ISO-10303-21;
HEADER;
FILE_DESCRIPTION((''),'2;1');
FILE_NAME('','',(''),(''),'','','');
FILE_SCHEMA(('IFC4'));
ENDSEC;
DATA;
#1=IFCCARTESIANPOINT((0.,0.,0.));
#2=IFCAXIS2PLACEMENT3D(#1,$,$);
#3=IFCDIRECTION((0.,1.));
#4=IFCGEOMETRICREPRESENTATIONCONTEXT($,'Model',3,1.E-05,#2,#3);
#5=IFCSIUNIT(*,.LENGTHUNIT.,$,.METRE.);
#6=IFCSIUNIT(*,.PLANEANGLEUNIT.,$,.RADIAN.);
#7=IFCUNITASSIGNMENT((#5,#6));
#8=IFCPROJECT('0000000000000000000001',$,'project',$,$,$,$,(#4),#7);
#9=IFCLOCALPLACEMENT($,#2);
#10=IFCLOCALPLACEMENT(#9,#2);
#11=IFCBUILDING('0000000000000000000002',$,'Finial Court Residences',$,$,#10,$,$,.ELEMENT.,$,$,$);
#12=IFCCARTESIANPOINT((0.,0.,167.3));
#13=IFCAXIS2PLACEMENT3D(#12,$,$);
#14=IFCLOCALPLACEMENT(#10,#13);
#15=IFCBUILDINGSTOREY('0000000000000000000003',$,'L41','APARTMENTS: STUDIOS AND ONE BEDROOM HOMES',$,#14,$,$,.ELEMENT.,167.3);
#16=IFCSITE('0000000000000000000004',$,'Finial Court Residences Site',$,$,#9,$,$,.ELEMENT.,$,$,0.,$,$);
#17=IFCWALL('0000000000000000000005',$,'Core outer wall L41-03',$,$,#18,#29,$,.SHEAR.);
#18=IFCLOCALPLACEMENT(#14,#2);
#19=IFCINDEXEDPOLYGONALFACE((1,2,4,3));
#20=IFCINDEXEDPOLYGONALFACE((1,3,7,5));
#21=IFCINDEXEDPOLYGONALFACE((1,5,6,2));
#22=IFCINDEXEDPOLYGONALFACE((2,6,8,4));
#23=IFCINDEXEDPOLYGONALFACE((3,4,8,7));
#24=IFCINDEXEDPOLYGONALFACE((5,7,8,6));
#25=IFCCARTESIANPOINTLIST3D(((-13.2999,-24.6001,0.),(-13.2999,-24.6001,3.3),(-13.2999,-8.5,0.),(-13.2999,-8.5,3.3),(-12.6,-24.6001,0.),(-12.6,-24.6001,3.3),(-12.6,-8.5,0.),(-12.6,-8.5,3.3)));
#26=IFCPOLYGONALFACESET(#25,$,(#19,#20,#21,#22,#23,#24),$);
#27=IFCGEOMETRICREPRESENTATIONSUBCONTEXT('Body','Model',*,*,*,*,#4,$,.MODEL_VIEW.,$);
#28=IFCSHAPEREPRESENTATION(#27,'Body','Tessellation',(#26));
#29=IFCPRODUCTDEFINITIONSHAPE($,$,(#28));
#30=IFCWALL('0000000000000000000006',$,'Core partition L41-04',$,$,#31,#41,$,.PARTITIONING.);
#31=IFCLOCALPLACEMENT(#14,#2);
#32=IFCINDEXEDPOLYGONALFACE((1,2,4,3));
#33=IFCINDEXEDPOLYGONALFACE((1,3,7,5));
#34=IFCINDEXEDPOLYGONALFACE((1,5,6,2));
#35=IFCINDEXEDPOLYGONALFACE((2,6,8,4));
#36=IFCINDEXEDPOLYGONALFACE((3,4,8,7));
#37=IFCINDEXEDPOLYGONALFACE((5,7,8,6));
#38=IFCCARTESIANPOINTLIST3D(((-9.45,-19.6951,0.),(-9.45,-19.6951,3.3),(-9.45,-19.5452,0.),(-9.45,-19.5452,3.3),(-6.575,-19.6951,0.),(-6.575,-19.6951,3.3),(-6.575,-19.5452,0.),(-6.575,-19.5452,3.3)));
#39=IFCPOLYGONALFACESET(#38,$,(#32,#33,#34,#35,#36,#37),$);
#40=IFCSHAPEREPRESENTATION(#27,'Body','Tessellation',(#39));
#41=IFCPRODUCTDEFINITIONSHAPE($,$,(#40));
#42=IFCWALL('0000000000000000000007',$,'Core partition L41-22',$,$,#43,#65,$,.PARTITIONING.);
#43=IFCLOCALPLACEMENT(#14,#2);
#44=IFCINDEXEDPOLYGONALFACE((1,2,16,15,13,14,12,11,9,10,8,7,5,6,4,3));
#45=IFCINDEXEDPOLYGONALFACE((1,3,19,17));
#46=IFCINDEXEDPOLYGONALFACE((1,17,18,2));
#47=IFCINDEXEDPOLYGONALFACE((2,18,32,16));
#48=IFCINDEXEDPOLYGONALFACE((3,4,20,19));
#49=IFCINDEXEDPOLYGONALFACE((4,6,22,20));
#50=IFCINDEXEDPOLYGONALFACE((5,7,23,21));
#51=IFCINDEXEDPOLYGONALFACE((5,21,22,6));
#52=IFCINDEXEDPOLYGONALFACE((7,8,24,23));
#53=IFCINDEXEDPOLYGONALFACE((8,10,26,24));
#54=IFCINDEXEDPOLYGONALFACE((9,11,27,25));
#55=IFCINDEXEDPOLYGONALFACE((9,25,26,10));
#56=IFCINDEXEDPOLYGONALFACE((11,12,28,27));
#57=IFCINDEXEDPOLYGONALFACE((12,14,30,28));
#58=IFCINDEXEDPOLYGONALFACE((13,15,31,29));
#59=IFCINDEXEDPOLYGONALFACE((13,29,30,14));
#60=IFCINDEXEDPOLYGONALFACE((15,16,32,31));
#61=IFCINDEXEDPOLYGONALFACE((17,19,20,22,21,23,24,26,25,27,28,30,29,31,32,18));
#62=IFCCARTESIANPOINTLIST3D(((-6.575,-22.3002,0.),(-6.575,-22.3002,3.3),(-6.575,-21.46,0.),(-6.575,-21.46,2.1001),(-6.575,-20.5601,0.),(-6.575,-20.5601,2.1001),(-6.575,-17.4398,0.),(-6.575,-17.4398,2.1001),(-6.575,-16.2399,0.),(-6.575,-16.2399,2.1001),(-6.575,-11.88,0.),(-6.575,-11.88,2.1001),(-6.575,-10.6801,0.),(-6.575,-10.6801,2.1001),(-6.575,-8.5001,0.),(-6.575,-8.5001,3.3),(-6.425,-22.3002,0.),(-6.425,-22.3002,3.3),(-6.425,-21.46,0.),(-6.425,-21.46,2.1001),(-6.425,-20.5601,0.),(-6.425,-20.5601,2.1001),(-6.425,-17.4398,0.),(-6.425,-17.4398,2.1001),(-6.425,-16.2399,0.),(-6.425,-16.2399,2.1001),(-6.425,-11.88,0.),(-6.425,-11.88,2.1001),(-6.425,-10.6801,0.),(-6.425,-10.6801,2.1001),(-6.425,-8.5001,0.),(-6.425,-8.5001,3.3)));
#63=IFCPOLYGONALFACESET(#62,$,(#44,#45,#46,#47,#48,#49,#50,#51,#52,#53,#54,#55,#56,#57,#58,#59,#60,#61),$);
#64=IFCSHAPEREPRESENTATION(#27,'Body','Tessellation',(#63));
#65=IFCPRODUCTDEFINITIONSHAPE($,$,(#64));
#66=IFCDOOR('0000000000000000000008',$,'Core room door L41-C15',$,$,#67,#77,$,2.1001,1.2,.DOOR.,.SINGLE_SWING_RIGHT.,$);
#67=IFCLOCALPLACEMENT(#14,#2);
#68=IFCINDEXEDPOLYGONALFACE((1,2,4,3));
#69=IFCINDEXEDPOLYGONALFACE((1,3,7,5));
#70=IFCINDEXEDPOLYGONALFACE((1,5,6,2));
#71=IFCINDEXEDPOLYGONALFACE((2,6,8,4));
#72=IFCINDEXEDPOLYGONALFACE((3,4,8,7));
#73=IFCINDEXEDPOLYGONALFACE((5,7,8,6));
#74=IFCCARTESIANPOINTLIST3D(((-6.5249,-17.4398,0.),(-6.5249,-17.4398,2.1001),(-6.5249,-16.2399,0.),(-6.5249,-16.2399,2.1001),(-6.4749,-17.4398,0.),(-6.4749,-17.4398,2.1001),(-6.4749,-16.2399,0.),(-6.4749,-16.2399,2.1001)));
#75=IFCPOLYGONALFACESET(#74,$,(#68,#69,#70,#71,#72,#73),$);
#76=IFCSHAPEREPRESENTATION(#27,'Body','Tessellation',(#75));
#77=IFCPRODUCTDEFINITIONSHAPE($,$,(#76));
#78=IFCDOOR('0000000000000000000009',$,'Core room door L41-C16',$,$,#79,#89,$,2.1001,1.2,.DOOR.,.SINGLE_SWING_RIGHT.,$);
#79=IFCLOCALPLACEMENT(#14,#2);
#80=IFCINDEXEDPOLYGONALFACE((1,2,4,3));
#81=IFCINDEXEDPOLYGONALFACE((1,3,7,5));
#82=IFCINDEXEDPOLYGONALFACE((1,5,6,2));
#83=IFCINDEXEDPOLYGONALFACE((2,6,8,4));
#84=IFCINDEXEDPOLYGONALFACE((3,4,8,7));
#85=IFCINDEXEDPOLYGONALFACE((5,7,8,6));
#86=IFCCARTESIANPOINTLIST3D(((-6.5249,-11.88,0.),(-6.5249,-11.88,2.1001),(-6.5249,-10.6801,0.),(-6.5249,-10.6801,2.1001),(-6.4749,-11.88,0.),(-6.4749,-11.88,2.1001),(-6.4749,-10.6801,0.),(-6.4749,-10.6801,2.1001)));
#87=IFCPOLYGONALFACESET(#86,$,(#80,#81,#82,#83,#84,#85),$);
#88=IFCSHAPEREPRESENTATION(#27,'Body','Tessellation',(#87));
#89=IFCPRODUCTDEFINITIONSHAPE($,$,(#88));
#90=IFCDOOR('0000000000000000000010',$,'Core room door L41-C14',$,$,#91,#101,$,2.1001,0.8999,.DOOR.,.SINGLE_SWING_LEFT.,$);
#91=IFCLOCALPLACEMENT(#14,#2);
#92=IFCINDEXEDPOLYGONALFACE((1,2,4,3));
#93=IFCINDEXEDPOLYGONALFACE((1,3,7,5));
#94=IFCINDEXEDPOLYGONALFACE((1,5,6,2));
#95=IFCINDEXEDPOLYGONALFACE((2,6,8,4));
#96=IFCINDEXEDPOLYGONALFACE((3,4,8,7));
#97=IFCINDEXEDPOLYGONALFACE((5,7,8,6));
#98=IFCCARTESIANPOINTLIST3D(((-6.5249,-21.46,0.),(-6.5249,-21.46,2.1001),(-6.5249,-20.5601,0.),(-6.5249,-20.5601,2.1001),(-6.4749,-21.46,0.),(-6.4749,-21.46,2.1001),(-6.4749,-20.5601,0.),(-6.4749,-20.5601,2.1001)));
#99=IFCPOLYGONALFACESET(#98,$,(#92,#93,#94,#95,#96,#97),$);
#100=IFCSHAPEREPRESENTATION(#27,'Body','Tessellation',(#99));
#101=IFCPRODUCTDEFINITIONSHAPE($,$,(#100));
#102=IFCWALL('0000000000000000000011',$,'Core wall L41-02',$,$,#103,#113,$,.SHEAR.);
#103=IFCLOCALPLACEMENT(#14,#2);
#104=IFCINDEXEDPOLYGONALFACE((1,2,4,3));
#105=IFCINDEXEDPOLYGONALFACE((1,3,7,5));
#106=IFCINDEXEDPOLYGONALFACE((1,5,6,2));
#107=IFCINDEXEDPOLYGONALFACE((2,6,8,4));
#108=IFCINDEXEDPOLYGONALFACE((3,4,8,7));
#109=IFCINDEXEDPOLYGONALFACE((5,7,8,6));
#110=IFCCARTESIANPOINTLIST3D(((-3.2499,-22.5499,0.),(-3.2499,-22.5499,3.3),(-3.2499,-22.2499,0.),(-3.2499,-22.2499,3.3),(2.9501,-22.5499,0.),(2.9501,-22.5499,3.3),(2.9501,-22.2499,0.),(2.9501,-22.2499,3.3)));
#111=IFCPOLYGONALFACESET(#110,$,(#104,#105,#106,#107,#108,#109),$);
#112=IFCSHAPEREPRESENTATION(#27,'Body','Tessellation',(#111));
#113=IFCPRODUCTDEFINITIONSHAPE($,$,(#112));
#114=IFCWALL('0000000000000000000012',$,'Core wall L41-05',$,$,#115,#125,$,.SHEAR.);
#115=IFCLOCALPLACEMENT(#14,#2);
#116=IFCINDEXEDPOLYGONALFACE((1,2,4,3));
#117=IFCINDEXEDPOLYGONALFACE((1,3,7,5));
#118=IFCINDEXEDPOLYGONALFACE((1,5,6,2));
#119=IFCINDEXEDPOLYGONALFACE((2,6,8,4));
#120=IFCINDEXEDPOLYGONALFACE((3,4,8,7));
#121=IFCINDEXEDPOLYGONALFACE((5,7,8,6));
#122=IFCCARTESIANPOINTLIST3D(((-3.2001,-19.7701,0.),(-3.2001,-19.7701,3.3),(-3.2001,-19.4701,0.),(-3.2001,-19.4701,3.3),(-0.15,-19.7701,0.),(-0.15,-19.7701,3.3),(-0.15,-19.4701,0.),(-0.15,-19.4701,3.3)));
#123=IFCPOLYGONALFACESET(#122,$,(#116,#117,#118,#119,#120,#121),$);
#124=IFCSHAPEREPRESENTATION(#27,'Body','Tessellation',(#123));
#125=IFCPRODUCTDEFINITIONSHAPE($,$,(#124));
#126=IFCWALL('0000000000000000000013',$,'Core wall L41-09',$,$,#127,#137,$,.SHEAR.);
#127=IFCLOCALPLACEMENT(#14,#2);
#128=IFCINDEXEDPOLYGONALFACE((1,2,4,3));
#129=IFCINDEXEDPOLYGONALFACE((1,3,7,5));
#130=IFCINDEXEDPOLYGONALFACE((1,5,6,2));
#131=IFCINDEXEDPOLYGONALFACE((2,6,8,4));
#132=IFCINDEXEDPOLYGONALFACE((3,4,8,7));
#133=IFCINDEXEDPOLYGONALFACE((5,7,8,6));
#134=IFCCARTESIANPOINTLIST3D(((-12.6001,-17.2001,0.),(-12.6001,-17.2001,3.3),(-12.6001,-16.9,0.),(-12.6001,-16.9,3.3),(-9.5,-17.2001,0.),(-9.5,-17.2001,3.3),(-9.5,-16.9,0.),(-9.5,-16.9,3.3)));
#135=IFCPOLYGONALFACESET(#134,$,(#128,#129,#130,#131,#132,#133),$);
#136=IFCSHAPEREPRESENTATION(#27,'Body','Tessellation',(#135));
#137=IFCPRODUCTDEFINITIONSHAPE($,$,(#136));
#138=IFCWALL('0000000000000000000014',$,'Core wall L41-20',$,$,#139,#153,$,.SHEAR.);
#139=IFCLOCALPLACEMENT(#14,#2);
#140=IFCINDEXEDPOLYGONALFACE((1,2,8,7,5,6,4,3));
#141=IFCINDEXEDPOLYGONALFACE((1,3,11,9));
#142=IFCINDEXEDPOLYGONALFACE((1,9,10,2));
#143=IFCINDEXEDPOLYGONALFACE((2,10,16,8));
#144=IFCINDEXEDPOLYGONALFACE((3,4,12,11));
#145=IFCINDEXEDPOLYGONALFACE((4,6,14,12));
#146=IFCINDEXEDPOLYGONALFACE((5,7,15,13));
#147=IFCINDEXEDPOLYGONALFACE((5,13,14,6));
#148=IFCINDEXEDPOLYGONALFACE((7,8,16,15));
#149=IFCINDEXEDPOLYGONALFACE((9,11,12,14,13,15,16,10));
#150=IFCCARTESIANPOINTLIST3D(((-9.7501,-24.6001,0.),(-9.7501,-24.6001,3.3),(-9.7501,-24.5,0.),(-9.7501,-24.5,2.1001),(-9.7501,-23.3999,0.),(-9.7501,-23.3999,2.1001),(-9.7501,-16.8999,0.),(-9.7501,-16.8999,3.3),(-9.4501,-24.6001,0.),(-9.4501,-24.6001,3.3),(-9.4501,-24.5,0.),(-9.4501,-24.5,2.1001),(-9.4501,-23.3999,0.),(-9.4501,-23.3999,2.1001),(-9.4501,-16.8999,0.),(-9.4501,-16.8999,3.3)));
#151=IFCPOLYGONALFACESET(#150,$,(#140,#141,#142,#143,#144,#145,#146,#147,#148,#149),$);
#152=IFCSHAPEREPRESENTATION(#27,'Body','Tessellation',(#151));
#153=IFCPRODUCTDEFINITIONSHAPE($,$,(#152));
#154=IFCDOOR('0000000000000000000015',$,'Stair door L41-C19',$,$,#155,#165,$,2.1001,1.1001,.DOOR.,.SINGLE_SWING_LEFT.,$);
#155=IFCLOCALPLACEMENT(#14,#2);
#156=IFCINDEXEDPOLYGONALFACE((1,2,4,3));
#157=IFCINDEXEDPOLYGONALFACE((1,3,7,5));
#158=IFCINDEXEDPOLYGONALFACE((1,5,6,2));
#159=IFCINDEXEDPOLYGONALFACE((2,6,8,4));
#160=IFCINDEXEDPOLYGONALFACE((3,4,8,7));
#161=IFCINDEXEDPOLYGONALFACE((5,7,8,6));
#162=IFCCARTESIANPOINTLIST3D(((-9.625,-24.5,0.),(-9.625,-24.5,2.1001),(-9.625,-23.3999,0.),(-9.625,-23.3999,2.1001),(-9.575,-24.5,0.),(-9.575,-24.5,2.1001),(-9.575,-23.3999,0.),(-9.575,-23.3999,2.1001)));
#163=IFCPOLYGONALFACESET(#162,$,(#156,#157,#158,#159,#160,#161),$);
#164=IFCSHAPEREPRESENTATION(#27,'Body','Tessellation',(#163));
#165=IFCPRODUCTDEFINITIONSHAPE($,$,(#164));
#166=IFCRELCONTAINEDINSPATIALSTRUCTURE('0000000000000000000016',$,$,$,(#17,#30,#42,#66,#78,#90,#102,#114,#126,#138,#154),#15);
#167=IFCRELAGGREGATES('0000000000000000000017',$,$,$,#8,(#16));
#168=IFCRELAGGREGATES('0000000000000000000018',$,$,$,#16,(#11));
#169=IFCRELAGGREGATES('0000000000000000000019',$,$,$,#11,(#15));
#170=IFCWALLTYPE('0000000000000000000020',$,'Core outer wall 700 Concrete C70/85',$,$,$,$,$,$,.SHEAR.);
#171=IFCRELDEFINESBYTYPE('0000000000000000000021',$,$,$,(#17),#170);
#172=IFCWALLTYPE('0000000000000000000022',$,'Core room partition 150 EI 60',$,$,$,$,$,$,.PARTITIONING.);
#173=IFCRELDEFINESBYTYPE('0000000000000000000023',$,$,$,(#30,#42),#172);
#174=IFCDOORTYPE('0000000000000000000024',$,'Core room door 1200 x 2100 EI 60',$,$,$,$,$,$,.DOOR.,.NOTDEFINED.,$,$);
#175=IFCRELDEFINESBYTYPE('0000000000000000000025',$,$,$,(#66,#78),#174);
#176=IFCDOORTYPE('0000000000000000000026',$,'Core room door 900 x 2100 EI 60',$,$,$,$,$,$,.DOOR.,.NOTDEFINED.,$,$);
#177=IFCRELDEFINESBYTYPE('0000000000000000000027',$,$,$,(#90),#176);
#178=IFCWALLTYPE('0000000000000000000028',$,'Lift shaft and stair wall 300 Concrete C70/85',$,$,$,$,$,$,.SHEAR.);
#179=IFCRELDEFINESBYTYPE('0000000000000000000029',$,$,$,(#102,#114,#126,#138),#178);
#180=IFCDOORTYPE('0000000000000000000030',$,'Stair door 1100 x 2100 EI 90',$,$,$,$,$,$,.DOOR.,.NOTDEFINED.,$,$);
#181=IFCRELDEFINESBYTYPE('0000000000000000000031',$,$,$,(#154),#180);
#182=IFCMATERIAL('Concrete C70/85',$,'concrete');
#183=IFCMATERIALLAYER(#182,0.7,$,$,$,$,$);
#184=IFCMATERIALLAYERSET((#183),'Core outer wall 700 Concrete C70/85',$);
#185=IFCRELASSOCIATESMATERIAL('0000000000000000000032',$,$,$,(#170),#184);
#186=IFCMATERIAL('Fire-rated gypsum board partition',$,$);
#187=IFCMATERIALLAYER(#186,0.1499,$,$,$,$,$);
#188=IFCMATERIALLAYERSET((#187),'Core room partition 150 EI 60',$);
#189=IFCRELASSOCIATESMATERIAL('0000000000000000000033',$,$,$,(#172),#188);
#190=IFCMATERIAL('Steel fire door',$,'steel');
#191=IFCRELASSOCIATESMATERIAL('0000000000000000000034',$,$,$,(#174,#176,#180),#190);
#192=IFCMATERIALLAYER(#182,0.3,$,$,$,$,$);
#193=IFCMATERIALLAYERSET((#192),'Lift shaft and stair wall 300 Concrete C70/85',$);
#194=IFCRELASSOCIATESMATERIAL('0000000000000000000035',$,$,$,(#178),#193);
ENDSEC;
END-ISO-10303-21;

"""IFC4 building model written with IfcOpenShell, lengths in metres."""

from ifc_helpers import new_model, si_unit, direction, frame, frame_2d, origin, place, context, subcontext, project, spatial, rectangle, extrude, material, layer, layer_set, type_object, element, fill, save


model = new_model("IFC4")

# Units and contexts
model_context = context("Model", 3, precision=1e-05, world=origin(), true_north=direction((0.0, 1.0)))
body_context = subcontext(model_context, "Body", "Model", "MODEL_VIEW")
ifc_project = project(units=[si_unit("LENGTHUNIT", "METRE"), si_unit("PLANEANGLEUNIT", "RADIAN")], contexts=[model_context])

# Site, building, storey
site_placement = place(None, origin())
site = spatial("IfcSite", under=ifc_project, at=site_placement, Name="Finial Court Residences Site", CompositionType="ELEMENT", RefElevation=0.0)
building_placement = place(site_placement, origin())
building = spatial("IfcBuilding", under=site, at=building_placement, Name="Finial Court Residences", CompositionType="ELEMENT")
storey_placement = place(building_placement, frame((0.0, 0.0, 167.3)))
storey = spatial("IfcBuildingStorey", under=building, at=storey_placement, Name="L41", Description="APARTMENTS: STUDIOS AND ONE BEDROOM HOMES", CompositionType="ELEMENT", Elevation=167.3)

# Walls
ifc_material_1 = material(Name="Concrete C70/85", Category="concrete")
ifc_layer_1 = layer(ifc_material_1, 0.7)
ifc_layer_set_1 = layer_set([ifc_layer_1], Name="Core outer wall 700 Concrete C70/85")
wall_type_1 = type_object("IfcWallType", Name="Core outer wall 700 Concrete C70/85", PredefinedType="SHEAR", material=ifc_layer_set_1)
wall_1_placement = place(storey_placement, frame((-12.95, -24.6001, 0.0), z_axis=(0.0, 0.0, 1.0), x_axis=(0.0, 1.0, 0.0)))
element("IfcWall", 1, at=wall_1_placement, inside=storey, type_object=wall_type_1, Name="Core outer wall L41-03", PredefinedType="SHEAR", context=body_context, shape_type="SweptSolid", body=[
    extrude(rectangle(XDim=16.1001, YDim=0.7, at=frame_2d((8.05, 0.0))), origin(), (0.0, 0.0, 1.0), 3.3),
])
ifc_material_2 = material(Name="Fire-rated gypsum board partition")
ifc_layer_2 = layer(ifc_material_2, 0.1499)
ifc_layer_set_2 = layer_set([ifc_layer_2], Name="Core room partition 150 EI 60")
wall_type_2 = type_object("IfcWallType", Name="Core room partition 150 EI 60", PredefinedType="PARTITIONING", material=ifc_layer_set_2)
wall_2_placement = place(storey_placement, frame((-9.45, -19.6201, 0.0), z_axis=(0.0, 0.0, 1.0), x_axis=(1.0, 0.0, 0.0)))
element("IfcWall", 2, at=wall_2_placement, inside=storey, type_object=wall_type_2, Name="Core partition L41-04", PredefinedType="PARTITIONING", context=body_context, shape_type="SweptSolid", body=[
    extrude(rectangle(XDim=2.875, YDim=0.1499, at=frame_2d((1.4375, 0.0))), origin(), (0.0, 0.0, 1.0), 3.3),
])

# Wall, openings, doors
wall_3_placement = place(storey_placement, frame((-6.5, -22.3, 0.0), z_axis=(0.0, 0.0, 1.0), x_axis=(0.0, 1.0, 0.0)))
wall_3 = element("IfcWall", 3, at=wall_3_placement, inside=storey, type_object=wall_type_2, Name="Core partition L41-22", PredefinedType="PARTITIONING", context=body_context, shape_type="SweptSolid", body=[
    extrude(rectangle(XDim=13.8, YDim=0.1499, at=frame_2d((6.8999, 0.0))), origin(), (0.0, 0.0, 1.0), 3.3),
])
opening_1_placement = place(wall_3_placement, frame((0.8401, 0.0, 0.0)))
opening_1 = element("IfcOpeningElement", 4, at=opening_1_placement, cuts=wall_3, PredefinedType="OPENING", context=body_context, shape_type="SweptSolid", body=[
    extrude(rectangle(XDim=0.8999, YDim=2.1001, at=frame_2d((0.45, 1.05))), frame((0.0, 0.085, 0.0), z_axis=(0.0, -1.0, 0.0), x_axis=(1.0, 0.0, 0.0)), (0.0, 0.0, 1.0), 0.1699),
])
opening_2_placement = place(wall_3_placement, frame((4.8601, 0.0, 0.0)))
opening_2 = element("IfcOpeningElement", 5, at=opening_2_placement, cuts=wall_3, PredefinedType="OPENING", context=body_context, shape_type="SweptSolid", body=[
    extrude(rectangle(XDim=1.2, YDim=2.1001, at=frame_2d((0.6001, 1.05))), frame((0.0, 0.085, 0.0), z_axis=(0.0, -1.0, 0.0), x_axis=(1.0, 0.0, 0.0)), (0.0, 0.0, 1.0), 0.1699),
])
opening_3_placement = place(wall_3_placement, frame((10.4199, 0.0, 0.0)))
opening_3 = element("IfcOpeningElement", 6, at=opening_3_placement, cuts=wall_3, PredefinedType="OPENING", context=body_context, shape_type="SweptSolid", body=[
    extrude(rectangle(XDim=1.2, YDim=2.1001, at=frame_2d((0.6001, 1.05))), frame((0.0, 0.085, 0.0), z_axis=(0.0, -1.0, 0.0), x_axis=(1.0, 0.0, 0.0)), (0.0, 0.0, 1.0), 0.1699),
])
ifc_material_3 = material(Name="Steel fire door", Category="steel")
door_type_1 = type_object("IfcDoorType", Name="Core room door 1200 x 2100 EI 60", OperationType="NOTDEFINED", PredefinedType="DOOR", material=ifc_material_3)
door_1_placement = place(opening_2_placement, origin())
door_1 = element("IfcDoor", 7, at=door_1_placement, inside=storey, type_object=door_type_1, Name="Core room door L41-C15", OperationType="SINGLE_SWING_RIGHT", OverallHeight=2.1001, OverallWidth=1.2, PredefinedType="DOOR", context=body_context, shape_type="SweptSolid", body=[
    extrude(rectangle(XDim=1.2, YDim=2.1001, at=frame_2d((0.6001, 1.05))), frame((0.0, 0.0249, 0.0), z_axis=(0.0, -1.0, 0.0), x_axis=(1.0, 0.0, 0.0)), (0.0, 0.0, 1.0), 0.05),
])
fill(opening_2, door_1)
door_2_placement = place(opening_3_placement, origin())
door_2 = element("IfcDoor", 8, at=door_2_placement, inside=storey, type_object=door_type_1, Name="Core room door L41-C16", OperationType="SINGLE_SWING_RIGHT", OverallHeight=2.1001, OverallWidth=1.2, PredefinedType="DOOR", context=body_context, shape_type="SweptSolid", body=[
    extrude(rectangle(XDim=1.2, YDim=2.1001, at=frame_2d((0.6001, 1.05))), frame((0.0, 0.0249, 0.0), z_axis=(0.0, -1.0, 0.0), x_axis=(1.0, 0.0, 0.0)), (0.0, 0.0, 1.0), 0.05),
])
fill(opening_3, door_2)
door_type_2 = type_object("IfcDoorType", Name="Core room door 900 x 2100 EI 60", OperationType="NOTDEFINED", PredefinedType="DOOR", material=ifc_material_3)
door_3_placement = place(opening_1_placement, origin())
door_3 = element("IfcDoor", 9, at=door_3_placement, inside=storey, type_object=door_type_2, Name="Core room door L41-C14", OperationType="SINGLE_SWING_LEFT", OverallHeight=2.1001, OverallWidth=0.8999, PredefinedType="DOOR", context=body_context, shape_type="SweptSolid", body=[
    extrude(rectangle(XDim=0.8999, YDim=2.1001, at=frame_2d((0.45, 1.05))), frame((0.0, 0.0249, 0.0), z_axis=(0.0, -1.0, 0.0), x_axis=(1.0, 0.0, 0.0)), (0.0, 0.0, 1.0), 0.05),
])
fill(opening_1, door_3)

# Walls
ifc_layer_3 = layer(ifc_material_1, 0.3)
ifc_layer_set_3 = layer_set([ifc_layer_3], Name="Lift shaft and stair wall 300 Concrete C70/85")
wall_type_3 = type_object("IfcWallType", Name="Lift shaft and stair wall 300 Concrete C70/85", PredefinedType="SHEAR", material=ifc_layer_set_3)
wall_4_placement = place(storey_placement, frame((-3.25, -22.3999, 0.0), z_axis=(0.0, 0.0, 1.0), x_axis=(1.0, 0.0, 0.0)))
element("IfcWall", 10, at=wall_4_placement, inside=storey, type_object=wall_type_3, Name="Core wall L41-02", PredefinedType="SHEAR", context=body_context, shape_type="SweptSolid", body=[
    extrude(rectangle(XDim=6.2, YDim=0.3, at=frame_2d((3.1001, 0.0))), origin(), (0.0, 0.0, 1.0), 3.3),
])
wall_5_placement = place(storey_placement, frame((-3.2, -19.6201, 0.0), z_axis=(0.0, 0.0, 1.0), x_axis=(1.0, 0.0, 0.0)))
element("IfcWall", 11, at=wall_5_placement, inside=storey, type_object=wall_type_3, Name="Core wall L41-05", PredefinedType="SHEAR", context=body_context, shape_type="SweptSolid", body=[
    extrude(rectangle(XDim=3.05, YDim=0.3, at=frame_2d((1.5249, 0.0))), origin(), (0.0, 0.0, 1.0), 3.3),
])
wall_6_placement = place(storey_placement, frame((-12.6001, -17.05, 0.0), z_axis=(0.0, 0.0, 1.0), x_axis=(1.0, 0.0, 0.0)))
element("IfcWall", 12, at=wall_6_placement, inside=storey, type_object=wall_type_3, Name="Core wall L41-09", PredefinedType="SHEAR", context=body_context, shape_type="SweptSolid", body=[
    extrude(rectangle(XDim=3.1001, YDim=0.3, at=frame_2d((1.55, 0.0))), origin(), (0.0, 0.0, 1.0), 3.3),
])

# Wall, opening, door
wall_7_placement = place(storey_placement, frame((-9.6001, -24.6001, 0.0), z_axis=(0.0, 0.0, 1.0), x_axis=(0.0, 1.0, 0.0)))
wall_7 = element("IfcWall", 13, at=wall_7_placement, inside=storey, type_object=wall_type_3, Name="Core wall L41-20", PredefinedType="SHEAR", context=body_context, shape_type="SweptSolid", body=[
    extrude(rectangle(XDim=7.7002, YDim=0.3, at=frame_2d((3.8501, 0.0))), origin(), (0.0, 0.0, 1.0), 3.3),
])
opening_4_placement = place(wall_7_placement, frame((0.1001, 0.0, 0.0)))
opening_4 = element("IfcOpeningElement", 14, at=opening_4_placement, cuts=wall_7, PredefinedType="OPENING", context=body_context, shape_type="SweptSolid", body=[
    extrude(rectangle(XDim=1.1001, YDim=2.1001, at=frame_2d((0.55, 1.05))), frame((0.0, 0.1599, 0.0), z_axis=(0.0, -1.0, 0.0), x_axis=(1.0, 0.0, 0.0)), (0.0, 0.0, 1.0), 0.3201),
])
door_type_3 = type_object("IfcDoorType", Name="Stair door 1100 x 2100 EI 90", OperationType="NOTDEFINED", PredefinedType="DOOR", material=ifc_material_3)
door_4_placement = place(opening_4_placement, origin())
door_4 = element("IfcDoor", 15, at=door_4_placement, inside=storey, type_object=door_type_3, Name="Stair door L41-C19", OperationType="SINGLE_SWING_LEFT", OverallHeight=2.1001, OverallWidth=1.1001, PredefinedType="DOOR", context=body_context, shape_type="SweptSolid", body=[
    extrude(rectangle(XDim=1.1001, YDim=2.1001, at=frame_2d((0.55, 1.05))), frame((0.0, 0.0249, 0.0), z_axis=(0.0, -1.0, 0.0), x_axis=(1.0, 0.0, 0.0)), (0.0, 0.0, 1.0), 0.05),
])
fill(opening_4, door_4)

save(model, "model.ifc")
